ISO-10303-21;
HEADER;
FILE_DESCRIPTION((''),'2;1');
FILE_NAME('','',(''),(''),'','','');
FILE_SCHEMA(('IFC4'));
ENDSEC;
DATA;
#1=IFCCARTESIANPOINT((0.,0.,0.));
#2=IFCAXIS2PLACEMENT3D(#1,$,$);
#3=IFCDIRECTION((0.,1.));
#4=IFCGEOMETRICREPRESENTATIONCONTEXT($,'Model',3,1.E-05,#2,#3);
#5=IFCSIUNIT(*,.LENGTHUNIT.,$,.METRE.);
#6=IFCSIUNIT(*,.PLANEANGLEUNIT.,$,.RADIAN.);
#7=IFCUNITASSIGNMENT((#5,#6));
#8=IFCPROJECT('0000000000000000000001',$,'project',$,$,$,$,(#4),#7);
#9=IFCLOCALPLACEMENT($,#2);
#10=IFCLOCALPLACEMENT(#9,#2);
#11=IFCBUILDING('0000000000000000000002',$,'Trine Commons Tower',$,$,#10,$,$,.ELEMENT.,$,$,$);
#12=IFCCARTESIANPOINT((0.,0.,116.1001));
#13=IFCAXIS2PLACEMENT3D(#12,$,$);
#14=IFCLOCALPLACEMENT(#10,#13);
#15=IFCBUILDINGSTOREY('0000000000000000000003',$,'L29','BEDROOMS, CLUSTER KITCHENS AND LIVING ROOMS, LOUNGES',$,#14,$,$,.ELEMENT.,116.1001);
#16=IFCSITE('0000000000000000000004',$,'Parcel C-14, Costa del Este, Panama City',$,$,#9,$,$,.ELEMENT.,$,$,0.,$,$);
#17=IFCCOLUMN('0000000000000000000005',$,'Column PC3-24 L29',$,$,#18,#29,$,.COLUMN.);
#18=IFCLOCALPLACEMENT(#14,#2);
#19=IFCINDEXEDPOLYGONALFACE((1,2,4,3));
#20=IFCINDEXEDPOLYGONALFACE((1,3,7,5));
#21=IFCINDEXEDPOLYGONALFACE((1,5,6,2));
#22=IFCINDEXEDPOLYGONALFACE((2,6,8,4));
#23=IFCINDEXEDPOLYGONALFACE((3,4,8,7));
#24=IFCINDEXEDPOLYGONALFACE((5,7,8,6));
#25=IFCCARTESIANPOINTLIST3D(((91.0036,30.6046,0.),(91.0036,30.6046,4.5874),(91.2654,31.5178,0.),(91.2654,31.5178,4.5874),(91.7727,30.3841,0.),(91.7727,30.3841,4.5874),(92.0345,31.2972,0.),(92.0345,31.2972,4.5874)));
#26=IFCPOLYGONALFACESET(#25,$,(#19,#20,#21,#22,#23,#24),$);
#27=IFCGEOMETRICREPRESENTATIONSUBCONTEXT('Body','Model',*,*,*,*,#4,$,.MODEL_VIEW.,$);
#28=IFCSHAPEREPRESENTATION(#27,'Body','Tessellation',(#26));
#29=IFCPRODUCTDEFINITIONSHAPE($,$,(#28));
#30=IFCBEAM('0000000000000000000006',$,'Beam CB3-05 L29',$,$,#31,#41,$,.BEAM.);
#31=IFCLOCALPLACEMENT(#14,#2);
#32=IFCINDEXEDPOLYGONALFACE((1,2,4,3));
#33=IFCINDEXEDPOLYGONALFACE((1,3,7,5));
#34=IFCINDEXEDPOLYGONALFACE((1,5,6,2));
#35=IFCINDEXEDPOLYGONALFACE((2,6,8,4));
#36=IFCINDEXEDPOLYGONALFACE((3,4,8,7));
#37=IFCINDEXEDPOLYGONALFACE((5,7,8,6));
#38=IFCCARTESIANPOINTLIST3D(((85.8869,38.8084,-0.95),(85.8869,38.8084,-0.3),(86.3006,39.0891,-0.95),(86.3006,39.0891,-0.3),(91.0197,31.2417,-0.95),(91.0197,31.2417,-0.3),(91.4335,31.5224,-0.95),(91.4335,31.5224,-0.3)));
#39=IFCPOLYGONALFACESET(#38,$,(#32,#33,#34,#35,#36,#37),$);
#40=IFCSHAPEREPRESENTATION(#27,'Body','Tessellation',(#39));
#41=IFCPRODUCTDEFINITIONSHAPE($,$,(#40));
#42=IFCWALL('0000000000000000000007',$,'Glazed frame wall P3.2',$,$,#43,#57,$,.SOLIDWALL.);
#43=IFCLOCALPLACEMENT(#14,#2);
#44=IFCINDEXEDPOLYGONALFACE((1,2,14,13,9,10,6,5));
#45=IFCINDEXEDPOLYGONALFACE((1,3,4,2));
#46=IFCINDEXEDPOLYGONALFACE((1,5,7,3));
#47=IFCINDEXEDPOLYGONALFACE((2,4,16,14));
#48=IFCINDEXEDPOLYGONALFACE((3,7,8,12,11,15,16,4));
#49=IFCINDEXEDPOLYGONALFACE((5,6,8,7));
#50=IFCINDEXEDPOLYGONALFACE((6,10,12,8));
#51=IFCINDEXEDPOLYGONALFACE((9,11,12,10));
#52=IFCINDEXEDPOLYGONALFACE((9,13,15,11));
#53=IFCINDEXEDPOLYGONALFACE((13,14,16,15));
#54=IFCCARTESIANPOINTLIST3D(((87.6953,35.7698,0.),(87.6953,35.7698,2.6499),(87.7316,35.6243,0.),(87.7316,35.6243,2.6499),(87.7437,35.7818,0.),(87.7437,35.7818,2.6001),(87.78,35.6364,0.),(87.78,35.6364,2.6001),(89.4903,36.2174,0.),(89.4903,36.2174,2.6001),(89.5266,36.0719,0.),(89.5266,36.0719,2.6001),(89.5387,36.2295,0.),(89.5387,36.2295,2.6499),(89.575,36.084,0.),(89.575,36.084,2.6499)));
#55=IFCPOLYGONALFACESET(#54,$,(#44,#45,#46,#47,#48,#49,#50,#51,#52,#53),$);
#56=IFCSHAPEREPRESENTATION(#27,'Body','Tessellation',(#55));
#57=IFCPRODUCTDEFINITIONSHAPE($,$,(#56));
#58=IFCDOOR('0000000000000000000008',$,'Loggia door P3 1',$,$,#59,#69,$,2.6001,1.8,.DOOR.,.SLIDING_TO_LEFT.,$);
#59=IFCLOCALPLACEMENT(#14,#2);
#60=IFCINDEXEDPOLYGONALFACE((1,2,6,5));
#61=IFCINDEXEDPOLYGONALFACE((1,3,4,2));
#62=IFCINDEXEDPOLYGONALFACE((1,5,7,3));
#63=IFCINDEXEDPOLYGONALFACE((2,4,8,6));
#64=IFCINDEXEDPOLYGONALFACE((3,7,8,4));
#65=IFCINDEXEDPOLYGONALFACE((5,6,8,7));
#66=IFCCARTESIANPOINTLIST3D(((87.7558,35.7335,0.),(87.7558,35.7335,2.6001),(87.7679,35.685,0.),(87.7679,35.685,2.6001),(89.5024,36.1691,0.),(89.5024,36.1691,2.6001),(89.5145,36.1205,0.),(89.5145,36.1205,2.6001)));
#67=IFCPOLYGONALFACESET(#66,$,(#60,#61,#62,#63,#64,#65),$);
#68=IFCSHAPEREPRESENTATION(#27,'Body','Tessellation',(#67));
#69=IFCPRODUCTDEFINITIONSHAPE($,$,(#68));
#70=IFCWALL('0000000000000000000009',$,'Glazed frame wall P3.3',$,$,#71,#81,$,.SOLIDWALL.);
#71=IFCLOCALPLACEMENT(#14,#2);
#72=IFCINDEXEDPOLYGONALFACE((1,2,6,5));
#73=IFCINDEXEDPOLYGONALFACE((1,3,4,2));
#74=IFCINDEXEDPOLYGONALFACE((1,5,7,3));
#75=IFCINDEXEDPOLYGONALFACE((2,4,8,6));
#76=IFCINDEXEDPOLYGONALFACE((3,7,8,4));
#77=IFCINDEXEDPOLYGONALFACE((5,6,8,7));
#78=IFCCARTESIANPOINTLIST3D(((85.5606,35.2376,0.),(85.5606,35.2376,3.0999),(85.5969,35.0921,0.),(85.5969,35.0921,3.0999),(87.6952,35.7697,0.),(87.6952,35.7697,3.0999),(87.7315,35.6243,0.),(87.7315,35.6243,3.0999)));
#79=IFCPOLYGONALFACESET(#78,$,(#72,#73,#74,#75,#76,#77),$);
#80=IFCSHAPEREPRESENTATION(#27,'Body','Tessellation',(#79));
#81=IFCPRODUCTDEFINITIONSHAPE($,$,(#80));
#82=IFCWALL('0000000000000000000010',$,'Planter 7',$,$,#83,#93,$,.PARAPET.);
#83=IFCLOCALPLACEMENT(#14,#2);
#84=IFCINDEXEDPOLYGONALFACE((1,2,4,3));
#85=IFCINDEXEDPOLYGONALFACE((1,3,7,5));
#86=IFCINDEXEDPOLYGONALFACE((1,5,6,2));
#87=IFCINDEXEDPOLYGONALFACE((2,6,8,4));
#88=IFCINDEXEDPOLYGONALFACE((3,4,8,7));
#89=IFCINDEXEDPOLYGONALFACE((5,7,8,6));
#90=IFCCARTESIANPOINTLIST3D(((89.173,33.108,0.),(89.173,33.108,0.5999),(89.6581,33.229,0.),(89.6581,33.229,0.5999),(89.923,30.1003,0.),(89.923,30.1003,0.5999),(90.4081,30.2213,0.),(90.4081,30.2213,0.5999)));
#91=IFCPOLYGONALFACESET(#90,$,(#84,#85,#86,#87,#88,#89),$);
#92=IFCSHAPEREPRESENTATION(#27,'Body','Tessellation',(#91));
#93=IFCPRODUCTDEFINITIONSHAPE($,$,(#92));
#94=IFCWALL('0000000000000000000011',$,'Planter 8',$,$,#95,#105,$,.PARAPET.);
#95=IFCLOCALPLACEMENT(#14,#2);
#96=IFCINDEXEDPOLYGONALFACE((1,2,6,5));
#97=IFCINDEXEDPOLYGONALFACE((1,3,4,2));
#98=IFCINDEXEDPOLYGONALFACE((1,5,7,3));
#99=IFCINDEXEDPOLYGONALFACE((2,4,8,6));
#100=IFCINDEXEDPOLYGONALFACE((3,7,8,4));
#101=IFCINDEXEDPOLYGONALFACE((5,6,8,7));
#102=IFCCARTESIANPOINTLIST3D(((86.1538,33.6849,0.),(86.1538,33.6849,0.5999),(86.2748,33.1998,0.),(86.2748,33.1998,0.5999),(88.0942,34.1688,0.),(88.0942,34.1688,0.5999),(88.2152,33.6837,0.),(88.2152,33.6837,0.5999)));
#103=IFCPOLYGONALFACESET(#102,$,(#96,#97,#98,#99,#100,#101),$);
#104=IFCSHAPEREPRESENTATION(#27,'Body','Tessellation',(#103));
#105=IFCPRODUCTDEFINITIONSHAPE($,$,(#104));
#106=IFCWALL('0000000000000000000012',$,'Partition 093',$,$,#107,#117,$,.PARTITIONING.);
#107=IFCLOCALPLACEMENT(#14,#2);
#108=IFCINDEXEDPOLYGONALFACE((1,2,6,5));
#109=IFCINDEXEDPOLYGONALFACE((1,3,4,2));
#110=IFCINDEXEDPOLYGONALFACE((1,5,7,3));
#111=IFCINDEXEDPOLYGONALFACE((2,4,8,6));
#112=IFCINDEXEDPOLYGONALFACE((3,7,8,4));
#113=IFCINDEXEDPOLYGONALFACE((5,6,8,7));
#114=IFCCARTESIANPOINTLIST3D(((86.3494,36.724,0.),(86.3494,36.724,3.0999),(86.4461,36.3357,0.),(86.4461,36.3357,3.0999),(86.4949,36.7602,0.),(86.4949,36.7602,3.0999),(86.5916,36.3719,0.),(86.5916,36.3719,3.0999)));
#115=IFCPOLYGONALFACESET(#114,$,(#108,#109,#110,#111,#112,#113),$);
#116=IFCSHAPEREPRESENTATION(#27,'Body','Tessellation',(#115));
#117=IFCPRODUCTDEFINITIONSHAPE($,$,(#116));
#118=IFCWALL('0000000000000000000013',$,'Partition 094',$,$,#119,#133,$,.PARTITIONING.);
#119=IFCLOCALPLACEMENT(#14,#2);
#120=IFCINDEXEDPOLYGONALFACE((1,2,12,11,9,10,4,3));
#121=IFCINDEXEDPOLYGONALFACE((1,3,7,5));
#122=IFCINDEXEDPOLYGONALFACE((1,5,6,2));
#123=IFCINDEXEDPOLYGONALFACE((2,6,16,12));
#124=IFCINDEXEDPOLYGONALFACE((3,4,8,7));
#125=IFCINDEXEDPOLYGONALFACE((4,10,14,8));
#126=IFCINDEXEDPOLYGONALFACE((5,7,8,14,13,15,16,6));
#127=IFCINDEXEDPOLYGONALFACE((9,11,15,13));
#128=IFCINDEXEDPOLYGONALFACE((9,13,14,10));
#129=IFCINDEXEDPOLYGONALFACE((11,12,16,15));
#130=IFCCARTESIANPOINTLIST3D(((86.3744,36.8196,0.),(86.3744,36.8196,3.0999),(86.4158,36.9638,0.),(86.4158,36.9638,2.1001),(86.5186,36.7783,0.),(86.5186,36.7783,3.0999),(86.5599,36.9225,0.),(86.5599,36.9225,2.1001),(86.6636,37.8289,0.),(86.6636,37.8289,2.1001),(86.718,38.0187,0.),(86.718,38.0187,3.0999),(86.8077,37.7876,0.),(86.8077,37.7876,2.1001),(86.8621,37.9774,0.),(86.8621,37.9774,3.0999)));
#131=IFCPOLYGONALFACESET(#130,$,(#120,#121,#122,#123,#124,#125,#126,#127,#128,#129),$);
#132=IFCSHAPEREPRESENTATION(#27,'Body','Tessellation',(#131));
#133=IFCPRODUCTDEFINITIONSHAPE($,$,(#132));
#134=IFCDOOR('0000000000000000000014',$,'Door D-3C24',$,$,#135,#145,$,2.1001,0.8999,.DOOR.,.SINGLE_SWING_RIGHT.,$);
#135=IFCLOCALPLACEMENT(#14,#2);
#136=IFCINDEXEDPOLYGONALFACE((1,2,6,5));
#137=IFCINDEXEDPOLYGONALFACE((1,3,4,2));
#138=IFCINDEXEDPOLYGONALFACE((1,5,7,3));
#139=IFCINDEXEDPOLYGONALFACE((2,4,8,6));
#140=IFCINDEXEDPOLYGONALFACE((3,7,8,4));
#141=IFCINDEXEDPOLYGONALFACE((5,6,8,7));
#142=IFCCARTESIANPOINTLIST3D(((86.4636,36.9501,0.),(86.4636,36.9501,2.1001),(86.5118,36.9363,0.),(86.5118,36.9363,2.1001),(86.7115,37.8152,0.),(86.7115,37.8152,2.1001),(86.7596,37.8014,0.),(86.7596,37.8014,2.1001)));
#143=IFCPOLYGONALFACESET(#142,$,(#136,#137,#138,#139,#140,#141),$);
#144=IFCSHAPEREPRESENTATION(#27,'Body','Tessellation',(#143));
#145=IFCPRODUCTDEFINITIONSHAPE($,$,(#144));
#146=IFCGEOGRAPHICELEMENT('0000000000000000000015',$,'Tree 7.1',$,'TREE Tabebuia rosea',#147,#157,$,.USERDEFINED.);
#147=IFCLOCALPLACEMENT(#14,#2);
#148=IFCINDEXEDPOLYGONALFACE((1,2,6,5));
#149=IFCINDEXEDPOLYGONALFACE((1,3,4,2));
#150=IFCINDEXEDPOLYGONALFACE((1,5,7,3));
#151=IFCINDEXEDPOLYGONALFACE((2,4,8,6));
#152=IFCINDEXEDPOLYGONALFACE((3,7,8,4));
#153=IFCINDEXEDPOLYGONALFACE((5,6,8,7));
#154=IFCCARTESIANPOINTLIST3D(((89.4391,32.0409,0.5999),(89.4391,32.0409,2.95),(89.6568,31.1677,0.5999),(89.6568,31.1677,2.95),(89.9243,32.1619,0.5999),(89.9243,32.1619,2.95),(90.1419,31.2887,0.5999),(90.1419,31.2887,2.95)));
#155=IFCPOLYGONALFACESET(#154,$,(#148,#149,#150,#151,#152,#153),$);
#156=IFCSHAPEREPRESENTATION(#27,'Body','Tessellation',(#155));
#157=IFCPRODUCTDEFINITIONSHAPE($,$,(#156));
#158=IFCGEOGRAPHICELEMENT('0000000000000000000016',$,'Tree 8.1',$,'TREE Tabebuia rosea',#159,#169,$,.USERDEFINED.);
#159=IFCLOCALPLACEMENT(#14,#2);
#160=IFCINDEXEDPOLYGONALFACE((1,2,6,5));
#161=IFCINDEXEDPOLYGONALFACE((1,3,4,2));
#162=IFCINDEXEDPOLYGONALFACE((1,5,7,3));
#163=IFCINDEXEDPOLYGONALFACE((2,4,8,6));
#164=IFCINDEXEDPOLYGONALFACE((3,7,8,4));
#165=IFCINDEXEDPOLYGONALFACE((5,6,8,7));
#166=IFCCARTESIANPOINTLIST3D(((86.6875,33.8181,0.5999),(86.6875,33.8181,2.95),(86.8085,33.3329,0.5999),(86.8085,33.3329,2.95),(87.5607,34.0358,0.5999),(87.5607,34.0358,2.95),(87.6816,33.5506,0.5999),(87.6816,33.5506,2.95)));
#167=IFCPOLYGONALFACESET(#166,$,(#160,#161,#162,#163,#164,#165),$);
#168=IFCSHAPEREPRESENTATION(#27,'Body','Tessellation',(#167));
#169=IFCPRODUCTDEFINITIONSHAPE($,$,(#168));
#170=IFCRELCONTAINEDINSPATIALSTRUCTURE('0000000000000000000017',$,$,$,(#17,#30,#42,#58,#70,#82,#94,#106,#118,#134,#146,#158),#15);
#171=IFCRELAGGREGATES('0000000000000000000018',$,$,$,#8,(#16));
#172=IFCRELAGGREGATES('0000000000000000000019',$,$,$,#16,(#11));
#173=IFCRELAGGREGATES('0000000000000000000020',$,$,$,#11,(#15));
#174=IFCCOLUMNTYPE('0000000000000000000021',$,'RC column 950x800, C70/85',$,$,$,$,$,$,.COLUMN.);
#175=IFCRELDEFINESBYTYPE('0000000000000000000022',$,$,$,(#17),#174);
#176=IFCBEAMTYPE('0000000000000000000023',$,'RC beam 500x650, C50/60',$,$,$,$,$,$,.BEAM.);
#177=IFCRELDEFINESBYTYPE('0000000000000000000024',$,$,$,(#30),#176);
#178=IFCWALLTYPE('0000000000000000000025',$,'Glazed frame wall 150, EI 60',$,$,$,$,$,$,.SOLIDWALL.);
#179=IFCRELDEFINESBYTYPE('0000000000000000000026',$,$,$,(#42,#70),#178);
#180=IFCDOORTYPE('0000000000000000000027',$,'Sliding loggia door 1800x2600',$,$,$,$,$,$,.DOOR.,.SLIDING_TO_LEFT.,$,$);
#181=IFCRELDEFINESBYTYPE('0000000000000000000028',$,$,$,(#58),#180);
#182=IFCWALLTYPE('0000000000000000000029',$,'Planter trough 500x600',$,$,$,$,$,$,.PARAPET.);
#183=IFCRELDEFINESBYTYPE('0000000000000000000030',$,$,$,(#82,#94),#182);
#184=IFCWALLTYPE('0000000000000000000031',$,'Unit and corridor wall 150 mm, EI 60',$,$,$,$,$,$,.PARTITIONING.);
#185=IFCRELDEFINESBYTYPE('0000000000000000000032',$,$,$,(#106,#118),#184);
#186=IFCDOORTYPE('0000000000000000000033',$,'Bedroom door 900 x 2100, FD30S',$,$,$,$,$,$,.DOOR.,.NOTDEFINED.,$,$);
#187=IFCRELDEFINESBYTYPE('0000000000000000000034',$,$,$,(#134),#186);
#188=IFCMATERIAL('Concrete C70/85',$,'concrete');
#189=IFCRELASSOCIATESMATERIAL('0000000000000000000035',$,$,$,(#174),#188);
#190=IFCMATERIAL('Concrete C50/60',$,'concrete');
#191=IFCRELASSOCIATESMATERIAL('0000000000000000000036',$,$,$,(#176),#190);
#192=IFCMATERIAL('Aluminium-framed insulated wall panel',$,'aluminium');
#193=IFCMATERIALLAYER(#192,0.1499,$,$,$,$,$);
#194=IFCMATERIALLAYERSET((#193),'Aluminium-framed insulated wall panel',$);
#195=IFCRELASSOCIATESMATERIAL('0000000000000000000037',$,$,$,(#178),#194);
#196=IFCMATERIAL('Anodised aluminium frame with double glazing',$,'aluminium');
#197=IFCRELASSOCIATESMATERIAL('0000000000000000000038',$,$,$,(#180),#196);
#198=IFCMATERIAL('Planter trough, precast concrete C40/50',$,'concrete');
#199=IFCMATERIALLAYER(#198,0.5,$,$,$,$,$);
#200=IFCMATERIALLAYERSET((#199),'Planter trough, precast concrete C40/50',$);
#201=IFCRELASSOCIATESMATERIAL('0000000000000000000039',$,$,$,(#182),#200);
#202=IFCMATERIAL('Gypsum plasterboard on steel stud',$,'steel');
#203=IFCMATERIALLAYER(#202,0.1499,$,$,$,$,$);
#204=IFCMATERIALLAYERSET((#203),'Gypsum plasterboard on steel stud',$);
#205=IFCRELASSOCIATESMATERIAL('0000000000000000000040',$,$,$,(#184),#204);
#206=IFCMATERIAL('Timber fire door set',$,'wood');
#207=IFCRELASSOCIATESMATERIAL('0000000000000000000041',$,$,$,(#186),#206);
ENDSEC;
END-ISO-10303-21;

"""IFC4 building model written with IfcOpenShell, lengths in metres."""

from ifc_helpers import new_model, si_unit, direction, frame, frame_2d, origin, origin_2d, place, context, subcontext, project, spatial, polyline, rectangle, outline, extrude, material, layer, layer_set, material_profile, profile_set, type_object, element, fill, save


model = new_model("IFC4")

# Units and contexts
model_context = context("Model", 3, precision=1e-05, world=origin(), true_north=direction((0.0, 1.0)))
body_context = subcontext(model_context, "Body", "Model", "MODEL_VIEW")
ifc_project = project(units=[si_unit("LENGTHUNIT", "METRE"), si_unit("PLANEANGLEUNIT", "RADIAN")], contexts=[model_context])

# Site, building, storey
site_placement = place(None, origin())
site = spatial("IfcSite", under=ifc_project, at=site_placement, Name="Parcel C-14, Costa del Este, Panama City", CompositionType="ELEMENT", RefElevation=0.0)
building_placement = place(site_placement, origin())
building = spatial("IfcBuilding", under=site, at=building_placement, Name="Trine Commons Tower", CompositionType="ELEMENT")
storey_placement = place(building_placement, frame((0.0, 0.0, 116.1001)))
storey = spatial("IfcBuildingStorey", under=building, at=storey_placement, Name="L29", Description="BEDROOMS, CLUSTER KITCHENS AND LIVING ROOMS, LOUNGES", CompositionType="ELEMENT", Elevation=116.1001)

# Column
ifc_material_1 = material(Name="Concrete C70/85", Category="concrete")
ifc_material_profile_1 = material_profile(ifc_material_1, rectangle(XDim=0.95, YDim=0.8, at=origin_2d()), Name="RC 950x800")
ifc_profile_set_1 = profile_set([ifc_material_profile_1], Name="Concrete C70/85")
column_type = type_object("IfcColumnType", Name="RC column 950x800, C70/85", PredefinedType="COLUMN", material=ifc_profile_set_1)
column_placement = place(storey_placement, frame((91.519, 30.9509, 0.0), z_axis=(0.0, 0.0, 1.0), x_axis=(0.275637, 0.961262, 0.0)))
element("IfcColumn", 1, at=column_placement, inside=storey, type_object=column_type, Name="Column PC3-24 L29", PredefinedType="COLUMN", context=body_context, shape_type="SweptSolid", body=[
    extrude(rectangle(XDim=0.95, YDim=0.8, at=origin_2d()), origin(), (0.0, 0.0, 1.0), 4.5874),
])

# Beam
ifc_material_2 = material(Name="Concrete C50/60", Category="concrete")
ifc_material_profile_2 = material_profile(ifc_material_2, rectangle(XDim=0.5, YDim=0.6499, at=origin_2d()), Name="RC 500x650")
ifc_profile_set_2 = profile_set([ifc_material_profile_2], Name="Concrete C50/60")
beam_type = type_object("IfcBeamType", Name="RC beam 500x650, C50/60", PredefinedType="BEAM", material=ifc_profile_set_2)
beam_placement = place(storey_placement, frame((91.2266, 31.3821, -0.625), z_axis=(-0.561374, 0.827562, 0.0), x_axis=(-0.827562, -0.561374, 0.0)))
element("IfcBeam", 2, at=beam_placement, inside=storey, type_object=beam_type, Name="Beam CB3-05 L29", PredefinedType="BEAM", context=body_context, shape_type="SweptSolid", body=[
    extrude(rectangle(XDim=0.5, YDim=0.6499, at=origin_2d()), origin(), (0.0, 0.0, 1.0), 9.1433),
])

# Shared definitions
ifc_material_3 = material(Name="Aluminium-framed insulated wall panel", Category="aluminium")
ifc_layer_1 = layer(ifc_material_3, 0.1499)
ifc_layer_set_1 = layer_set([ifc_layer_1], Name="Aluminium-framed insulated wall panel")
wall_type_1 = type_object("IfcWallType", Name="Glazed frame wall 150, EI 60", PredefinedType="SOLIDWALL", material=ifc_layer_set_1)

# Wall, opening, door
wall_1_placement = place(storey_placement, frame((89.5569, 36.1567, 0.0), z_axis=(0.0, 0.0, 1.0), x_axis=(-0.970286, -0.241961, 0.0)))
wall_1 = element("IfcWall", 3, at=wall_1_placement, inside=storey, type_object=wall_type_1, Name="Glazed frame wall P3.2", PredefinedType="SOLIDWALL", context=body_context, shape_type="SweptSolid", body=[
    extrude(outline(polyline([(0.0, -0.075), (1.8999, -0.075), (1.8999, 0.075), (0.0, 0.075), (0.0, -0.075)])), origin(), (0.0, 0.0, 1.0), 2.6499),
])
opening_1_placement = place(wall_1_placement, frame((0.05, 0.0, 0.0)))
opening_1 = element("IfcOpeningElement", 4, at=opening_1_placement, cuts=wall_1, PredefinedType="OPENING", context=body_context, shape_type="SweptSolid", body=[
    extrude(rectangle(XDim=1.8, YDim=2.6001, at=frame_2d((0.8999, 1.3))), frame((0.0, 0.085, 0.0), z_axis=(0.0, -1.0, 0.0), x_axis=(1.0, 0.0, 0.0)), (0.0, 0.0, 1.0), 0.1699),
])
ifc_material_4 = material(Name="Anodised aluminium frame with double glazing", Category="aluminium")
door_type_1 = type_object("IfcDoorType", Name="Sliding loggia door 1800x2600", OperationType="SLIDING_TO_LEFT", PredefinedType="DOOR", material=ifc_material_4)
door_1_placement = place(opening_1_placement, origin())
door_1 = element("IfcDoor", 5, at=door_1_placement, inside=storey, type_object=door_type_1, Name="Loggia door P3 1", OperationType="SLIDING_TO_LEFT", OverallHeight=2.6001, OverallWidth=1.8, PredefinedType="DOOR", context=body_context, shape_type="SweptSolid", body=[
    extrude(rectangle(XDim=1.8, YDim=2.6001, at=frame_2d((0.8999, 1.3))), frame((0.0, 0.0249, 0.0), z_axis=(0.0, -1.0, 0.0), x_axis=(1.0, 0.0, 0.0)), (0.0, 0.0, 1.0), 0.05),
])
fill(opening_1, door_1)

# Walls
wall_2_placement = place(storey_placement, frame((87.7134, 35.697, 0.0), z_axis=(0.0, 0.0, 1.0), x_axis=(-0.970299, -0.241909, 0.0)))
element("IfcWall", 6, at=wall_2_placement, inside=storey, type_object=wall_type_1, Name="Glazed frame wall P3.3", PredefinedType="SOLIDWALL", context=body_context, shape_type="SweptSolid", body=[
    extrude(outline(polyline([(0.0, -0.075), (2.2, -0.075), (2.2, 0.075), (0.0, 0.075), (0.0, -0.075)])), origin(), (0.0, 0.0, 1.0), 3.0999),
])
ifc_material_5 = material(Name="Planter trough, precast concrete C40/50", Category="concrete")
ifc_layer_2 = layer(ifc_material_5, 0.5)
ifc_layer_set_2 = layer_set([ifc_layer_2], Name="Planter trough, precast concrete C40/50")
wall_type_2 = type_object("IfcWallType", Name="Planter trough 500x600", PredefinedType="PARAPET", material=ifc_layer_set_2)
wall_3_placement = place(storey_placement, frame((90.1655, 30.1609, 0.0), z_axis=(0.0, 0.0, 1.0), x_axis=(-0.241943, 0.970291, 0.0)))
element("IfcWall", 7, at=wall_3_placement, inside=storey, type_object=wall_type_2, Name="Planter 7", PredefinedType="PARAPET", context=body_context, shape_type="SweptSolid", body=[
    extrude(rectangle(XDim=3.0999, YDim=0.5, at=frame_2d((1.5498, 0.0))), origin(), (0.0, 0.0, 1.0), 0.5999),
])
wall_4_placement = place(storey_placement, frame((88.1548, 33.9263, 0.0), z_axis=(0.0, 0.0, 1.0), x_axis=(-0.970286, -0.241961, 0.0)))
element("IfcWall", 8, at=wall_4_placement, inside=storey, type_object=wall_type_2, Name="Planter 8", PredefinedType="PARAPET", context=body_context, shape_type="SweptSolid", body=[
    extrude(rectangle(XDim=1.9998, YDim=0.5, at=frame_2d((1.0, 0.0))), origin(), (0.0, 0.0, 1.0), 0.5999),
])
ifc_material_6 = material(Name="Gypsum plasterboard on steel stud", Category="steel")
ifc_layer_3 = layer(ifc_material_6, 0.1499)
ifc_layer_set_3 = layer_set([ifc_layer_3], Name="Gypsum plasterboard on steel stud")
wall_type_3 = type_object("IfcWallType", Name="Unit and corridor wall 150 mm, EI 60", PredefinedType="PARTITIONING", material=ifc_layer_set_3)
wall_5_placement = place(storey_placement, frame((86.4221, 36.7422, 0.0), z_axis=(0.0, 0.0, 1.0), x_axis=(0.241674, -0.970358, 0.0)))
element("IfcWall", 9, at=wall_5_placement, inside=storey, type_object=wall_type_3, Name="Partition 093", PredefinedType="PARTITIONING", context=body_context, shape_type="SweptSolid", body=[
    extrude(rectangle(XDim=0.4001, YDim=0.1499, at=frame_2d((0.2002, 0.0))), origin(), (0.0, 0.0, 1.0), 3.0999),
])

# Wall, opening, door
wall_6_placement = place(storey_placement, frame((86.4465, 36.7991, 0.0), z_axis=(0.0, 0.0, 1.0), x_axis=(0.275419, 0.961324, 0.0)))
wall_6 = element("IfcWall", 10, at=wall_6_placement, inside=storey, type_object=wall_type_3, Name="Partition 094", PredefinedType="PARTITIONING", context=body_context, shape_type="SweptSolid", body=[
    extrude(rectangle(XDim=1.2473, YDim=0.1499, at=frame_2d((0.6235, 0.0))), origin(), (0.0, 0.0, 1.0), 3.0999),
])
opening_2_placement = place(wall_6_placement, frame((0.1499, 0.0, 0.0)))
opening_2 = element("IfcOpeningElement", 11, at=opening_2_placement, cuts=wall_6, PredefinedType="OPENING", context=body_context, shape_type="SweptSolid", body=[
    extrude(rectangle(XDim=0.8999, YDim=2.1001, at=frame_2d((0.45, 1.05))), frame((0.0, 0.085, 0.0), z_axis=(0.0, -1.0, 0.0), x_axis=(1.0, 0.0, 0.0)), (0.0, 0.0, 1.0), 0.1699),
])
ifc_material_7 = material(Name="Timber fire door set", Category="wood")
door_type_2 = type_object("IfcDoorType", Name="Bedroom door 900 x 2100, FD30S", OperationType="NOTDEFINED", PredefinedType="DOOR", material=ifc_material_7)
door_2_placement = place(opening_2_placement, frame((0.8999, 0.0, 0.0), z_axis=(0.0, 0.0, 1.0), x_axis=(-1.0, 0.0, 0.0)))
door_2 = element("IfcDoor", 12, at=door_2_placement, inside=storey, type_object=door_type_2, Name="Door D-3C24", OperationType="SINGLE_SWING_RIGHT", OverallHeight=2.1001, OverallWidth=0.8999, PredefinedType="DOOR", context=body_context, shape_type="SweptSolid", body=[
    extrude(rectangle(XDim=0.8999, YDim=2.1001, at=frame_2d((0.45, 1.05))), frame((0.0, 0.0249, 0.0), z_axis=(0.0, -1.0, 0.0), x_axis=(1.0, 0.0, 0.0)), (0.0, 0.0, 1.0), 0.05),
])
fill(opening_2, door_2)

# Geographic elements
for number, where, z_axis, x_axis, name in (
    (13, (89.7905, 31.6648, 0.5999), (0.0, 0.0, 1.0), (-0.241908, 0.970299, 0.0), "Tree 7.1"),
    (14, (87.1846, 33.6843, 0.5999), (0.0, 0.0, 1.0), (-0.970297, -0.241915, 0.0), "Tree 8.1"),
):
    element("IfcGeographicElement", number, at=place(storey_placement, frame(where, z_axis=z_axis, x_axis=x_axis)), inside=storey, Name=name, ObjectType="TREE Tabebuia rosea", PredefinedType="USERDEFINED", context=body_context, shape_type="SweptSolid", body=[
        extrude(rectangle(XDim=0.8999, YDim=0.5, at=origin_2d()), origin(), (0.0, 0.0, 1.0), 2.3501),
    ])

save(model, "model.ifc")
